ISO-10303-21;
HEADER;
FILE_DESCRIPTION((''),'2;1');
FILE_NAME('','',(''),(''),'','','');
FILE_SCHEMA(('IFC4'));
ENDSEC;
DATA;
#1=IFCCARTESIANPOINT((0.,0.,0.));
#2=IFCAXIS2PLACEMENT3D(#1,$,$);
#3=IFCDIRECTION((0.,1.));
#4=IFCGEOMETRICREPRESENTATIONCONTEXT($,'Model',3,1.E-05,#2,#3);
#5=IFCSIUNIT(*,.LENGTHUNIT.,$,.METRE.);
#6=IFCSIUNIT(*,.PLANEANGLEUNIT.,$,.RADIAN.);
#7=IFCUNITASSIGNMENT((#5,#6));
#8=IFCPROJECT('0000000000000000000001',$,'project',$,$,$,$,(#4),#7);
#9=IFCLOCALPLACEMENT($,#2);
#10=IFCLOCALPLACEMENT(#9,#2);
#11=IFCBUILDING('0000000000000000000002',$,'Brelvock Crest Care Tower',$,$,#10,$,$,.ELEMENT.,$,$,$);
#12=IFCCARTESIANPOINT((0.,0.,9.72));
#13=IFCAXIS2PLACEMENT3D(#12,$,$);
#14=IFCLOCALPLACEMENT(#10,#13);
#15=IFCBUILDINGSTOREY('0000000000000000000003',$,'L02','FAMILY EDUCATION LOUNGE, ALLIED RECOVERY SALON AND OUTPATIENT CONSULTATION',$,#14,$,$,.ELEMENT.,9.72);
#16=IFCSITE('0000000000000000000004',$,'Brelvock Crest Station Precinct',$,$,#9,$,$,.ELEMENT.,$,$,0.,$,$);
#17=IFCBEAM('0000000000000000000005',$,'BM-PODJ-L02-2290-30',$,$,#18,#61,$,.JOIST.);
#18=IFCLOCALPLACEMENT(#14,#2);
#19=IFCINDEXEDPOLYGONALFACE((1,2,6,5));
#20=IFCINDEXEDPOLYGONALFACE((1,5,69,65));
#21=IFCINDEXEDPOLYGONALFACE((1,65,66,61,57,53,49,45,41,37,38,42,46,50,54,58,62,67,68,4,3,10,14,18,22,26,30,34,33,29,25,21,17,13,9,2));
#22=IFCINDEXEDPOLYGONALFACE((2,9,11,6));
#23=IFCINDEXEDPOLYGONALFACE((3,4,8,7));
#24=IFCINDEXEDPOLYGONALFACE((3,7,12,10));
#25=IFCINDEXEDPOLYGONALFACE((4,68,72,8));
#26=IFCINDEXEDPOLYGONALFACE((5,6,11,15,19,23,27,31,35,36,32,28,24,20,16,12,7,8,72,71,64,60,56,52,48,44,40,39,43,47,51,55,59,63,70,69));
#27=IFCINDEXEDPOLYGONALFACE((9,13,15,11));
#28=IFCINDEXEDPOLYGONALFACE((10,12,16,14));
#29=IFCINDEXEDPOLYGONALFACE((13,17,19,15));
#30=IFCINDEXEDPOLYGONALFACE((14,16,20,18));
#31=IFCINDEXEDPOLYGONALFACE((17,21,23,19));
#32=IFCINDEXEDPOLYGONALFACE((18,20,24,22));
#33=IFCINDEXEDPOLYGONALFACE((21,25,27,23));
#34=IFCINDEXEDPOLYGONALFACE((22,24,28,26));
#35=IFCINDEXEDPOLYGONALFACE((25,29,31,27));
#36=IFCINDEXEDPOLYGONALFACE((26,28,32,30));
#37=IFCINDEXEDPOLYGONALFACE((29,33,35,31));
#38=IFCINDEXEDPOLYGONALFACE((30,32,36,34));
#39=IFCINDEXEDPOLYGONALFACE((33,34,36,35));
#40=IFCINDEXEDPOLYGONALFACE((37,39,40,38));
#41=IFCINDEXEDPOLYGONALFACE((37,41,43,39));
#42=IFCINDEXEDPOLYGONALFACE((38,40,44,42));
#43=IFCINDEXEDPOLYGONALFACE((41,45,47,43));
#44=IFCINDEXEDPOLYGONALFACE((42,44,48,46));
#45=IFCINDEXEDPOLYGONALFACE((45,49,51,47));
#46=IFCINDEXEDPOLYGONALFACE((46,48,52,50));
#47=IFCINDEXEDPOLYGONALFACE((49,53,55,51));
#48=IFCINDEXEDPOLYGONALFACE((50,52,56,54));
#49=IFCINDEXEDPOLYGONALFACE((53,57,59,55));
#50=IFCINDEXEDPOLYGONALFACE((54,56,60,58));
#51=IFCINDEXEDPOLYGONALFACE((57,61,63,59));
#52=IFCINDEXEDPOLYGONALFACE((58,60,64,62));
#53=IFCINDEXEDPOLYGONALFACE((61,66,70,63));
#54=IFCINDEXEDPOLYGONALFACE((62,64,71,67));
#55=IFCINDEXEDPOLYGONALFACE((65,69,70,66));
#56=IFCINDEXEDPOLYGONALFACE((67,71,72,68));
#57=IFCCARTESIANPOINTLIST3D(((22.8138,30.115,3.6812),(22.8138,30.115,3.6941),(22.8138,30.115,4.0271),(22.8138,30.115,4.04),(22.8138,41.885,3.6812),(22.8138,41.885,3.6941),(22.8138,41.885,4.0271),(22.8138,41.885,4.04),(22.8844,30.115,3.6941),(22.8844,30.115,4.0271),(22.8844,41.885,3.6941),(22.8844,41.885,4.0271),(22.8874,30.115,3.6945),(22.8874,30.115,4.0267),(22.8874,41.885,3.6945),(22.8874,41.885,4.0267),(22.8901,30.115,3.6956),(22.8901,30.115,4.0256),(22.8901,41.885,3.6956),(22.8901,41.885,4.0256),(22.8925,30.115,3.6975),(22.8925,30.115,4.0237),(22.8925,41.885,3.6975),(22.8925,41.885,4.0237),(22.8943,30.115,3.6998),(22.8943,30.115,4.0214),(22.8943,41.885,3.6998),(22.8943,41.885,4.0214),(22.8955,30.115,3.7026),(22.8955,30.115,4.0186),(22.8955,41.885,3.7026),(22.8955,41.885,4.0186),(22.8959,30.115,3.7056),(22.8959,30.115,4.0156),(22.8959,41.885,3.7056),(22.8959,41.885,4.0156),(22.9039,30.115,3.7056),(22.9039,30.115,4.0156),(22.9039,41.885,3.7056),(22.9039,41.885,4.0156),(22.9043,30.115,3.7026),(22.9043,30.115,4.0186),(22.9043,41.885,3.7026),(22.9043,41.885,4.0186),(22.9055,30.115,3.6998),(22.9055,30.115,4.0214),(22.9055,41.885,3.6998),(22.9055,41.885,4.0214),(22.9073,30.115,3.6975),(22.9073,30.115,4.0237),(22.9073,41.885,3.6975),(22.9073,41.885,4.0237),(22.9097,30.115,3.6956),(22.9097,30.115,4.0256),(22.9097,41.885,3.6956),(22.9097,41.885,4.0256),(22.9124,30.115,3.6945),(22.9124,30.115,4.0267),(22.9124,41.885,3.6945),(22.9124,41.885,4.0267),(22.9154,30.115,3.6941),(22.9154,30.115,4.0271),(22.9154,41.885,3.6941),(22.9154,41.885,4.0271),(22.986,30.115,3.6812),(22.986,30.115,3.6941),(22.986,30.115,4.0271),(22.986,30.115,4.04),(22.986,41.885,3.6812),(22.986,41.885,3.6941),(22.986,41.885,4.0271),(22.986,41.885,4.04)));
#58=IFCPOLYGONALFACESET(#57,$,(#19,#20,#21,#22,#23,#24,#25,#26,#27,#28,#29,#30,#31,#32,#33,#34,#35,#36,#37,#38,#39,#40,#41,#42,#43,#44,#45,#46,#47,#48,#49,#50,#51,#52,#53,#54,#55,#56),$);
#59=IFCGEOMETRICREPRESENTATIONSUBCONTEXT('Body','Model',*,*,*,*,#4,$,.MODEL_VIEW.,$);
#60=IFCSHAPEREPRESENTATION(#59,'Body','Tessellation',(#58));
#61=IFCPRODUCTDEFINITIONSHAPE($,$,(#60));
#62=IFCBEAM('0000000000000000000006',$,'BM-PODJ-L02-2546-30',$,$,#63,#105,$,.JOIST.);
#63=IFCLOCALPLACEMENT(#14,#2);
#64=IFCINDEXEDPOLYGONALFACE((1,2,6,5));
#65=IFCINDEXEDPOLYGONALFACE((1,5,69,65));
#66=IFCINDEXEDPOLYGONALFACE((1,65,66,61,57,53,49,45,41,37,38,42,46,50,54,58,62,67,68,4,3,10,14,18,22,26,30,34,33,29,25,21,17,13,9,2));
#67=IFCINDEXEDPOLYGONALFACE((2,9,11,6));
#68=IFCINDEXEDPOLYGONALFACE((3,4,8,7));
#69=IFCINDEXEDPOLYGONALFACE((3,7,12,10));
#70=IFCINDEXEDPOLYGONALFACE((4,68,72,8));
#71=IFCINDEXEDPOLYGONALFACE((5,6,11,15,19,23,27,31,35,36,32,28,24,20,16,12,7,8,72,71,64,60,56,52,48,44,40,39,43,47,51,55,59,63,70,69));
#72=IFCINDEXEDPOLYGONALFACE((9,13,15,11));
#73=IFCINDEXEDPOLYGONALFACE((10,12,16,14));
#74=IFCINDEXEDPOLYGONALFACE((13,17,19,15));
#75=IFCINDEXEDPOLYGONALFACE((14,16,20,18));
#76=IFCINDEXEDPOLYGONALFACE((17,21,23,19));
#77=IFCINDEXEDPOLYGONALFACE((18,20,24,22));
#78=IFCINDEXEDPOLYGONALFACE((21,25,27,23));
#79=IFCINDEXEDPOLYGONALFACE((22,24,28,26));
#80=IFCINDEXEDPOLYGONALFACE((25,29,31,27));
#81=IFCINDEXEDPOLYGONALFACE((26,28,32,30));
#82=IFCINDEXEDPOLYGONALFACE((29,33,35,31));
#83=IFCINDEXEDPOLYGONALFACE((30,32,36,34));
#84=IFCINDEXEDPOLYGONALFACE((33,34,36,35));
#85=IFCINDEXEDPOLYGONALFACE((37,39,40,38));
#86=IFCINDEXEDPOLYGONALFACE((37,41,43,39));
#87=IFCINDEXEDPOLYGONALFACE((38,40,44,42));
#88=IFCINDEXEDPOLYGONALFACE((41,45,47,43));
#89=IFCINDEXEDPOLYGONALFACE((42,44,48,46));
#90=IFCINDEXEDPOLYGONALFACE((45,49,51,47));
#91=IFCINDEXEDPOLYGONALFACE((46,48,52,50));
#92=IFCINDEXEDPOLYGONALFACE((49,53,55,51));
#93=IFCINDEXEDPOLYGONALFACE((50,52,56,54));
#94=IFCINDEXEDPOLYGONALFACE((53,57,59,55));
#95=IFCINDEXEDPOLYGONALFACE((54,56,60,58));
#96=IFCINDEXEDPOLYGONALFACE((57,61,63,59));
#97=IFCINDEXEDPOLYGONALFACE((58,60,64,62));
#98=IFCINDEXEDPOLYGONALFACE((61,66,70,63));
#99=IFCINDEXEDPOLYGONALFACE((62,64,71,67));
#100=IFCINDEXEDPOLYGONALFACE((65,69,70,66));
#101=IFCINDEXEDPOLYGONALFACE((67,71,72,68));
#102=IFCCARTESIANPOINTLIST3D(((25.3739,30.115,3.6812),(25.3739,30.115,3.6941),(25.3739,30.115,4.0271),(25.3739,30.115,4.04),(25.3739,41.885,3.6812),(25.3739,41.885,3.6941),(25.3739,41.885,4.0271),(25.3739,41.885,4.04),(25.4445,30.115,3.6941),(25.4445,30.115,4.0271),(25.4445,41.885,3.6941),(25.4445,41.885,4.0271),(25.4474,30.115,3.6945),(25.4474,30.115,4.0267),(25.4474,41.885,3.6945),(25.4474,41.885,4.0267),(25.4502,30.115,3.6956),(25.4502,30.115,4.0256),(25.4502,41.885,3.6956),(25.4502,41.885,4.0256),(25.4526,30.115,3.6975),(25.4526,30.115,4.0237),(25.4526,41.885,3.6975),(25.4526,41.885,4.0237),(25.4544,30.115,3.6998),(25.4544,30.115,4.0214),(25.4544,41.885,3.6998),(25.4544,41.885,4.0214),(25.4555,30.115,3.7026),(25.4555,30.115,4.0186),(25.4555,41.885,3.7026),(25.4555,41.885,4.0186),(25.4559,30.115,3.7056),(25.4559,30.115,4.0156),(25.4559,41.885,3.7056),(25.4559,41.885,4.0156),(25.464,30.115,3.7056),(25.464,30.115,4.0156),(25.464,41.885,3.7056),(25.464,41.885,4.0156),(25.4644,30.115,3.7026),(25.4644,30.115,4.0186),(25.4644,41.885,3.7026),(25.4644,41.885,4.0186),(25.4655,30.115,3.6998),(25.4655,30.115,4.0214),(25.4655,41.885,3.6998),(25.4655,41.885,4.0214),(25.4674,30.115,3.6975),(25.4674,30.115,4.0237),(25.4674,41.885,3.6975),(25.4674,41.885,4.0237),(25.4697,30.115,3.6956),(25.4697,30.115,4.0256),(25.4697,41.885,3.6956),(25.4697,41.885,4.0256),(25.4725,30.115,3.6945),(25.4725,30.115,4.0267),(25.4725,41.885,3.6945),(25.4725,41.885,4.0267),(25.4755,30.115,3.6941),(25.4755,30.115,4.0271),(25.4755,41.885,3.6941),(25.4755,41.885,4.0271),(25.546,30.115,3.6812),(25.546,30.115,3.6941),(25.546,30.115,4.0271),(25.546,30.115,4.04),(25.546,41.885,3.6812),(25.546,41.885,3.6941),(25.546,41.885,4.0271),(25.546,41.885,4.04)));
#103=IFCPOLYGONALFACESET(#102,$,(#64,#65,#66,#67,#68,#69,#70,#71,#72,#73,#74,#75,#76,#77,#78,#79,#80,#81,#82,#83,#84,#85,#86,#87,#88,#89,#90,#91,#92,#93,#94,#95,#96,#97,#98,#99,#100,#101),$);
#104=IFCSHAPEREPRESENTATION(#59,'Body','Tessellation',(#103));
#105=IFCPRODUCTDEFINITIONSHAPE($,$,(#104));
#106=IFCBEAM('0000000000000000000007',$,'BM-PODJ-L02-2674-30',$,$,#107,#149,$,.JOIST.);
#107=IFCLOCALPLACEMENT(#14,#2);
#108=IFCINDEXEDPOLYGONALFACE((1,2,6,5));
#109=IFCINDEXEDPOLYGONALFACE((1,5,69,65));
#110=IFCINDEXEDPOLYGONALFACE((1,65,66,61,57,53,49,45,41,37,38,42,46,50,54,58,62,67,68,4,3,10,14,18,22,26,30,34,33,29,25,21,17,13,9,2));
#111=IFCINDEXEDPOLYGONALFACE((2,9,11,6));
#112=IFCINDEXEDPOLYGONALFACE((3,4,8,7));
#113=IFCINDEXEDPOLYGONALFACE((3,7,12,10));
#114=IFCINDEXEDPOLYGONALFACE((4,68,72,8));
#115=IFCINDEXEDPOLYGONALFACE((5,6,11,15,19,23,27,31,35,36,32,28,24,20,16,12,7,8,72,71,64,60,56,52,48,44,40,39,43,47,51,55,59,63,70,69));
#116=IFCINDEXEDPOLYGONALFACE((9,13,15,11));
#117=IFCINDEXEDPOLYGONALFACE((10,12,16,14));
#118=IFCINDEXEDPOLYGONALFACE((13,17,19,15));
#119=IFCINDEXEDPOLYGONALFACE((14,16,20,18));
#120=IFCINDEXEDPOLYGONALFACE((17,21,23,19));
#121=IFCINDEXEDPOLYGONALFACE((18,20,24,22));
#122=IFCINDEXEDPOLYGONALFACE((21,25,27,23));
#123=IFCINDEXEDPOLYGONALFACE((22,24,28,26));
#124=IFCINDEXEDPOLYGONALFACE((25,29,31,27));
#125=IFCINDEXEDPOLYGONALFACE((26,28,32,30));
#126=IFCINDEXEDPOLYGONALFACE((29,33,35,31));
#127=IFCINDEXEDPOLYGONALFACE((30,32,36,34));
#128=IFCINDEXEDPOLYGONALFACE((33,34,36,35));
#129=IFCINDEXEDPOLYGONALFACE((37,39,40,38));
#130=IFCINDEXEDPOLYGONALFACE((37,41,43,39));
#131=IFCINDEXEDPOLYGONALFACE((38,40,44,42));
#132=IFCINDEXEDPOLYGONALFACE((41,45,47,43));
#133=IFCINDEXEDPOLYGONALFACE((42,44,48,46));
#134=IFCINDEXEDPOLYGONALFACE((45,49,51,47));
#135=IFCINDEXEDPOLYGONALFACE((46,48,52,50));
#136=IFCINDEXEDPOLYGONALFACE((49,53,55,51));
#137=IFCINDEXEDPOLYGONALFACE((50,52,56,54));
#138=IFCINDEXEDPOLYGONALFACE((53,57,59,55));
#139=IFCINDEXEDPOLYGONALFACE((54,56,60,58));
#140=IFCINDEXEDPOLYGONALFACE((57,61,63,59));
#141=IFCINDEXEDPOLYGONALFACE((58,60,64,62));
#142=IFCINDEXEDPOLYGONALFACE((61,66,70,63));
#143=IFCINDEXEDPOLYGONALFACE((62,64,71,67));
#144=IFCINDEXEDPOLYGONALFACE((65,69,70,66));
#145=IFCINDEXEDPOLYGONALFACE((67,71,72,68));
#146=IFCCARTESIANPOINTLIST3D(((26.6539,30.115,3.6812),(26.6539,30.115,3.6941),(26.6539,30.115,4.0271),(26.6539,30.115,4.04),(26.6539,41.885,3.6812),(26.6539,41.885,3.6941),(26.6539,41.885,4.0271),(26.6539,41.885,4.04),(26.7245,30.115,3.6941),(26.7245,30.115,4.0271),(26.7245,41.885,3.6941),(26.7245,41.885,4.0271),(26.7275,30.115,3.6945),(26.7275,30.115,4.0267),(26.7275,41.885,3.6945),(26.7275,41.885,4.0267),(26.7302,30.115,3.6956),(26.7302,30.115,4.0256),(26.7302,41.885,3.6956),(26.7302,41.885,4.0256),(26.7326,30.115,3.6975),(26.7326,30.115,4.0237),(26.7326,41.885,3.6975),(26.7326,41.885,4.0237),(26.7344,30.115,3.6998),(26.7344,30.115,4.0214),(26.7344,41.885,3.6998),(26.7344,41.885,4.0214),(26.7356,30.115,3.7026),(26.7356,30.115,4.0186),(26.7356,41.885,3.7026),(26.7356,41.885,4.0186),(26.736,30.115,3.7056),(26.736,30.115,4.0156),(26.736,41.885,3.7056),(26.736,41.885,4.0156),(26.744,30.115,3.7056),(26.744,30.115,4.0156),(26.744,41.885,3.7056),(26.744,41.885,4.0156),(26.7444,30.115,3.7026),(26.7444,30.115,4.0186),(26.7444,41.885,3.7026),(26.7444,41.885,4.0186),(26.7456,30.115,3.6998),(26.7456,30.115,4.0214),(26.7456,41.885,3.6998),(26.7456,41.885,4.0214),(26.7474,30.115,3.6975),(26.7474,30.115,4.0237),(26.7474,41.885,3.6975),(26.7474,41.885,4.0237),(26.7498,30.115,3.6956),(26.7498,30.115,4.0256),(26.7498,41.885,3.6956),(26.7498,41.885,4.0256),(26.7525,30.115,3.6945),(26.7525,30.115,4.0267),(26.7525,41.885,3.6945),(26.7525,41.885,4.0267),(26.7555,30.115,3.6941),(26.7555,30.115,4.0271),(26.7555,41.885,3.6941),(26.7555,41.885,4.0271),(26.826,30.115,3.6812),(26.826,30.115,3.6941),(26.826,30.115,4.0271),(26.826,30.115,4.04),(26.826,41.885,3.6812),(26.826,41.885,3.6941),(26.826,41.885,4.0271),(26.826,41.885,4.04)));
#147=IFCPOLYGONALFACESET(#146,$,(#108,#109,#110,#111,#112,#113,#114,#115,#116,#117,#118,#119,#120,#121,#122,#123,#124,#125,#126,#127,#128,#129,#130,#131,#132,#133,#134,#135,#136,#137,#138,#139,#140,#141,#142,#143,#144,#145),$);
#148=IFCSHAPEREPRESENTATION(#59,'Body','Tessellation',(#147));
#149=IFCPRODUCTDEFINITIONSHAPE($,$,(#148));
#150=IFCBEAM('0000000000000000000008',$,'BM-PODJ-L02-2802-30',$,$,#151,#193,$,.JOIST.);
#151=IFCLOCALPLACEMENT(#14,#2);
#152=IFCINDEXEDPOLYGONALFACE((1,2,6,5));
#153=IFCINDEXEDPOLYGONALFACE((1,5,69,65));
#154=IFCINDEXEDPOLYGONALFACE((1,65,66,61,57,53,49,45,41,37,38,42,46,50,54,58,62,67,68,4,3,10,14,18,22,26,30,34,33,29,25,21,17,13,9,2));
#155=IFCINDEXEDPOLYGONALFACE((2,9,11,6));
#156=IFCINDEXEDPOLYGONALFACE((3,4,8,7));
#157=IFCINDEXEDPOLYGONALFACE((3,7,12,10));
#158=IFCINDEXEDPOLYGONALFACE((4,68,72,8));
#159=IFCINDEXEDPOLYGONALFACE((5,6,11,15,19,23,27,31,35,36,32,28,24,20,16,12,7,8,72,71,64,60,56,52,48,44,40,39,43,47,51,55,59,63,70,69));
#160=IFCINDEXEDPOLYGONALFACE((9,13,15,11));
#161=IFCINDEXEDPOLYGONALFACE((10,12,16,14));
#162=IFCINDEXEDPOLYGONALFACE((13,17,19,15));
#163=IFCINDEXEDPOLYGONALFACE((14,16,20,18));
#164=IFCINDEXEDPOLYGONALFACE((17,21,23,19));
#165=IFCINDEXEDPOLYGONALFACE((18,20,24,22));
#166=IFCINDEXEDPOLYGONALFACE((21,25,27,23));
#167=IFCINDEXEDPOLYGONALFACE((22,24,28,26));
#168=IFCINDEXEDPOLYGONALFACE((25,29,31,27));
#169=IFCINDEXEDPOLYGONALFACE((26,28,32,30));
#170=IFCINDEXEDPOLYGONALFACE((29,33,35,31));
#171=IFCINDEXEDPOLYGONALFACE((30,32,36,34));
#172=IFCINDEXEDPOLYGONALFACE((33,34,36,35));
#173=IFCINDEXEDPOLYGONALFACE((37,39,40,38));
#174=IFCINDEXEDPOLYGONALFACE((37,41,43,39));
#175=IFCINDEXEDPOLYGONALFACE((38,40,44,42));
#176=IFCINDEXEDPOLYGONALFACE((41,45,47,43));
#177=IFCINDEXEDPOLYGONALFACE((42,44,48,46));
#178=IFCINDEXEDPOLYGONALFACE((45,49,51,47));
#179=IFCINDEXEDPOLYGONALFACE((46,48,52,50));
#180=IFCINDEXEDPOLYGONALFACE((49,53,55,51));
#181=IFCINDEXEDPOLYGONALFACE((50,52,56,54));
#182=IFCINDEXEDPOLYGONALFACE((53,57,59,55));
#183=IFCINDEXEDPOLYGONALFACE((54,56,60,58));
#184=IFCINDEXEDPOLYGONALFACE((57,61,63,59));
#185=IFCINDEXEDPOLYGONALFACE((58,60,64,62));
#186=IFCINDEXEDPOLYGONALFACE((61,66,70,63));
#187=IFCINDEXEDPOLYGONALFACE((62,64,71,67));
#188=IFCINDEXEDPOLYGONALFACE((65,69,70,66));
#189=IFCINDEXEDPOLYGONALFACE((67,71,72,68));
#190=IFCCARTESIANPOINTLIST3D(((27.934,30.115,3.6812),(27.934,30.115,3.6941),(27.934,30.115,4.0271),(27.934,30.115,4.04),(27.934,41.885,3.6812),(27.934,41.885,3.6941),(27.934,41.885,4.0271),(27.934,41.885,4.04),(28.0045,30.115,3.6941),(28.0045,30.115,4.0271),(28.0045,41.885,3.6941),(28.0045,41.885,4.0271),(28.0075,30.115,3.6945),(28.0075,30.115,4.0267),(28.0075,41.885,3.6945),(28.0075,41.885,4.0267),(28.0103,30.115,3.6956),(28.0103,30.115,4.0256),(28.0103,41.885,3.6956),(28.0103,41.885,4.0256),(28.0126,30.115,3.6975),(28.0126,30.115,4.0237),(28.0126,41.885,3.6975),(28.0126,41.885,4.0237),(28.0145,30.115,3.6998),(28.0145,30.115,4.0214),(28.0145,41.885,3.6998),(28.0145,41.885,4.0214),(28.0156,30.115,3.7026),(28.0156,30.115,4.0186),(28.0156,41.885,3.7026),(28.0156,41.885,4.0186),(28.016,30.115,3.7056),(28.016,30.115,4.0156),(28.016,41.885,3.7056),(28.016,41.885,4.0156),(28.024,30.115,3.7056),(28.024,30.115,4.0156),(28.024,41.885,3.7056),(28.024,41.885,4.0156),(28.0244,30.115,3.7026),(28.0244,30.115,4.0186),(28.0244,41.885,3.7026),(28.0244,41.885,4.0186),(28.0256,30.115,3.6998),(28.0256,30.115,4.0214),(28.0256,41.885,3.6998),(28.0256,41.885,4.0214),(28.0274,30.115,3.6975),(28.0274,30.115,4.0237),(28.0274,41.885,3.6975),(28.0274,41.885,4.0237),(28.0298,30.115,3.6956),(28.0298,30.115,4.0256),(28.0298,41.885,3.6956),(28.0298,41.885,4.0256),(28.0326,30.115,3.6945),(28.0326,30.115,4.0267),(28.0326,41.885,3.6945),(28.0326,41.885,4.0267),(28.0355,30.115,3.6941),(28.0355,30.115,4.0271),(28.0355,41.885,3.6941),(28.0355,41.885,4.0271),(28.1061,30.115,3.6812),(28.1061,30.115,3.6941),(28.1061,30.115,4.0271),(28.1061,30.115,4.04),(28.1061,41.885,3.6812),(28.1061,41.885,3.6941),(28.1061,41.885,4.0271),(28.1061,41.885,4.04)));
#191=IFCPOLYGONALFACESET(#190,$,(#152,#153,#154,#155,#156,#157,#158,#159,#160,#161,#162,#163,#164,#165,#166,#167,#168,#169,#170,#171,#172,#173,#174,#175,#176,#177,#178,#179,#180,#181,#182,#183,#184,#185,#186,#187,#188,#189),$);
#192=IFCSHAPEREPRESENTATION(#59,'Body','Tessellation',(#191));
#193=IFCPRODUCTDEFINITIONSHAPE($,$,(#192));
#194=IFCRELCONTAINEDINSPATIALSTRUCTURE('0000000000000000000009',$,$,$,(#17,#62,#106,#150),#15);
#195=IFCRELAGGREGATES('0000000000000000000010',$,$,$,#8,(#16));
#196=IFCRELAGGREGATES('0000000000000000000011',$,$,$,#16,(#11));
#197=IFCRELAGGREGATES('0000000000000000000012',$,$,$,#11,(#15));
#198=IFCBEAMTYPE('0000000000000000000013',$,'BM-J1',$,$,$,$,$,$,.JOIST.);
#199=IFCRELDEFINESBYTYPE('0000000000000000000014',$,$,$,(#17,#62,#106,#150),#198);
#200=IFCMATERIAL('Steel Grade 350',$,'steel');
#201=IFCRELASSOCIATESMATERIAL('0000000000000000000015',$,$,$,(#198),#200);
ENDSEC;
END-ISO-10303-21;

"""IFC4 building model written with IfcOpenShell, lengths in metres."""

from ifc_helpers import new_model, si_unit, direction, frame, origin, origin_2d, place, context, subcontext, project, spatial, i_section, extrude, source, transform, mapped, material, material_profile, profile_set, type_object, element, save


model = new_model("IFC4")

# Units and contexts
model_context = context("Model", 3, precision=1e-05, world=origin(), true_north=direction((0.0, 1.0)))
body_context = subcontext(model_context, "Body", "Model", "MODEL_VIEW")
ifc_project = project(units=[si_unit("LENGTHUNIT", "METRE"), si_unit("PLANEANGLEUNIT", "RADIAN")], contexts=[model_context])

# Site, building, storey
site_placement = place(None, origin())
site = spatial("IfcSite", under=ifc_project, at=site_placement, Name="Brelvock Crest Station Precinct", CompositionType="ELEMENT", RefElevation=0.0)
building_placement = place(site_placement, origin())
building = spatial("IfcBuilding", under=site, at=building_placement, Name="Brelvock Crest Care Tower", CompositionType="ELEMENT")
storey_placement = place(building_placement, frame((0.0, 0.0, 9.72)))
storey = spatial("IfcBuildingStorey", under=building, at=storey_placement, Name="L02", Description="FAMILY EDUCATION LOUNGE, ALLIED RECOVERY SALON AND OUTPATIENT CONSULTATION", CompositionType="ELEMENT", Elevation=9.72)

# Shared definitions
ifc_material_1 = material(Name="Steel Grade 350", Category="steel")

# Beams
ifc_material_profile_1 = material_profile(ifc_material_1, i_section(OverallWidth=0.1721, OverallDepth=0.3589, WebThickness=0.0081, FlangeThickness=0.0129, FilletRadius=0.0115, at=origin_2d()), Name="360UB56.7")
ifc_profile_set_1 = profile_set([ifc_material_profile_1], Name="Steel Grade 350")
beam_type_1 = type_object("IfcBeamType", Name="BM-J1", PredefinedType="JOIST", material=ifc_profile_set_1)
shared_shape_1 = source(origin(), body_context, "Body", "SweptSolid", [
    extrude(i_section(OverallWidth=0.1721, OverallDepth=0.3589, WebThickness=0.0081, FlangeThickness=0.0129, FilletRadius=0.0115, at=origin_2d()), origin(), (0.0, 0.0, 1.0), 11.77),
])
for number, where, z_axis, x_axis, name in (
    (1, (22.8999, 30.115, 3.8606), (0.0, 1.0, 0.0), (-1.0, 0.0, 0.0), "BM-PODJ-L02-2290-30"),
    (2, (25.46, 30.115, 3.8606), (0.0, 1.0, 0.0), (-1.0, 0.0, 0.0), "BM-PODJ-L02-2546-30"),
    (3, (26.74, 30.115, 3.8606), (0.0, 1.0, 0.0), (-1.0, 0.0, 0.0), "BM-PODJ-L02-2674-30"),
    (4, (28.02, 30.115, 3.8606), (0.0, 1.0, 0.0), (-1.0, 0.0, 0.0), "BM-PODJ-L02-2802-30"),
):
    element("IfcBeam", number, at=place(storey_placement, frame(where, z_axis=z_axis, x_axis=x_axis)), inside=storey, type_object=beam_type_1, Name=name, PredefinedType="JOIST", context=body_context, shape_type="MappedRepresentation", body=[
        mapped(shared_shape_1, transform((0.0, 0.0, 0.0), x_axis=(1.0, 0.0, 0.0), y_axis=(0.0, 1.0, 0.0), z_axis=(0.0, 0.0, 1.0), scale=1.0)),
    ])

save(model, "model.ifc")
